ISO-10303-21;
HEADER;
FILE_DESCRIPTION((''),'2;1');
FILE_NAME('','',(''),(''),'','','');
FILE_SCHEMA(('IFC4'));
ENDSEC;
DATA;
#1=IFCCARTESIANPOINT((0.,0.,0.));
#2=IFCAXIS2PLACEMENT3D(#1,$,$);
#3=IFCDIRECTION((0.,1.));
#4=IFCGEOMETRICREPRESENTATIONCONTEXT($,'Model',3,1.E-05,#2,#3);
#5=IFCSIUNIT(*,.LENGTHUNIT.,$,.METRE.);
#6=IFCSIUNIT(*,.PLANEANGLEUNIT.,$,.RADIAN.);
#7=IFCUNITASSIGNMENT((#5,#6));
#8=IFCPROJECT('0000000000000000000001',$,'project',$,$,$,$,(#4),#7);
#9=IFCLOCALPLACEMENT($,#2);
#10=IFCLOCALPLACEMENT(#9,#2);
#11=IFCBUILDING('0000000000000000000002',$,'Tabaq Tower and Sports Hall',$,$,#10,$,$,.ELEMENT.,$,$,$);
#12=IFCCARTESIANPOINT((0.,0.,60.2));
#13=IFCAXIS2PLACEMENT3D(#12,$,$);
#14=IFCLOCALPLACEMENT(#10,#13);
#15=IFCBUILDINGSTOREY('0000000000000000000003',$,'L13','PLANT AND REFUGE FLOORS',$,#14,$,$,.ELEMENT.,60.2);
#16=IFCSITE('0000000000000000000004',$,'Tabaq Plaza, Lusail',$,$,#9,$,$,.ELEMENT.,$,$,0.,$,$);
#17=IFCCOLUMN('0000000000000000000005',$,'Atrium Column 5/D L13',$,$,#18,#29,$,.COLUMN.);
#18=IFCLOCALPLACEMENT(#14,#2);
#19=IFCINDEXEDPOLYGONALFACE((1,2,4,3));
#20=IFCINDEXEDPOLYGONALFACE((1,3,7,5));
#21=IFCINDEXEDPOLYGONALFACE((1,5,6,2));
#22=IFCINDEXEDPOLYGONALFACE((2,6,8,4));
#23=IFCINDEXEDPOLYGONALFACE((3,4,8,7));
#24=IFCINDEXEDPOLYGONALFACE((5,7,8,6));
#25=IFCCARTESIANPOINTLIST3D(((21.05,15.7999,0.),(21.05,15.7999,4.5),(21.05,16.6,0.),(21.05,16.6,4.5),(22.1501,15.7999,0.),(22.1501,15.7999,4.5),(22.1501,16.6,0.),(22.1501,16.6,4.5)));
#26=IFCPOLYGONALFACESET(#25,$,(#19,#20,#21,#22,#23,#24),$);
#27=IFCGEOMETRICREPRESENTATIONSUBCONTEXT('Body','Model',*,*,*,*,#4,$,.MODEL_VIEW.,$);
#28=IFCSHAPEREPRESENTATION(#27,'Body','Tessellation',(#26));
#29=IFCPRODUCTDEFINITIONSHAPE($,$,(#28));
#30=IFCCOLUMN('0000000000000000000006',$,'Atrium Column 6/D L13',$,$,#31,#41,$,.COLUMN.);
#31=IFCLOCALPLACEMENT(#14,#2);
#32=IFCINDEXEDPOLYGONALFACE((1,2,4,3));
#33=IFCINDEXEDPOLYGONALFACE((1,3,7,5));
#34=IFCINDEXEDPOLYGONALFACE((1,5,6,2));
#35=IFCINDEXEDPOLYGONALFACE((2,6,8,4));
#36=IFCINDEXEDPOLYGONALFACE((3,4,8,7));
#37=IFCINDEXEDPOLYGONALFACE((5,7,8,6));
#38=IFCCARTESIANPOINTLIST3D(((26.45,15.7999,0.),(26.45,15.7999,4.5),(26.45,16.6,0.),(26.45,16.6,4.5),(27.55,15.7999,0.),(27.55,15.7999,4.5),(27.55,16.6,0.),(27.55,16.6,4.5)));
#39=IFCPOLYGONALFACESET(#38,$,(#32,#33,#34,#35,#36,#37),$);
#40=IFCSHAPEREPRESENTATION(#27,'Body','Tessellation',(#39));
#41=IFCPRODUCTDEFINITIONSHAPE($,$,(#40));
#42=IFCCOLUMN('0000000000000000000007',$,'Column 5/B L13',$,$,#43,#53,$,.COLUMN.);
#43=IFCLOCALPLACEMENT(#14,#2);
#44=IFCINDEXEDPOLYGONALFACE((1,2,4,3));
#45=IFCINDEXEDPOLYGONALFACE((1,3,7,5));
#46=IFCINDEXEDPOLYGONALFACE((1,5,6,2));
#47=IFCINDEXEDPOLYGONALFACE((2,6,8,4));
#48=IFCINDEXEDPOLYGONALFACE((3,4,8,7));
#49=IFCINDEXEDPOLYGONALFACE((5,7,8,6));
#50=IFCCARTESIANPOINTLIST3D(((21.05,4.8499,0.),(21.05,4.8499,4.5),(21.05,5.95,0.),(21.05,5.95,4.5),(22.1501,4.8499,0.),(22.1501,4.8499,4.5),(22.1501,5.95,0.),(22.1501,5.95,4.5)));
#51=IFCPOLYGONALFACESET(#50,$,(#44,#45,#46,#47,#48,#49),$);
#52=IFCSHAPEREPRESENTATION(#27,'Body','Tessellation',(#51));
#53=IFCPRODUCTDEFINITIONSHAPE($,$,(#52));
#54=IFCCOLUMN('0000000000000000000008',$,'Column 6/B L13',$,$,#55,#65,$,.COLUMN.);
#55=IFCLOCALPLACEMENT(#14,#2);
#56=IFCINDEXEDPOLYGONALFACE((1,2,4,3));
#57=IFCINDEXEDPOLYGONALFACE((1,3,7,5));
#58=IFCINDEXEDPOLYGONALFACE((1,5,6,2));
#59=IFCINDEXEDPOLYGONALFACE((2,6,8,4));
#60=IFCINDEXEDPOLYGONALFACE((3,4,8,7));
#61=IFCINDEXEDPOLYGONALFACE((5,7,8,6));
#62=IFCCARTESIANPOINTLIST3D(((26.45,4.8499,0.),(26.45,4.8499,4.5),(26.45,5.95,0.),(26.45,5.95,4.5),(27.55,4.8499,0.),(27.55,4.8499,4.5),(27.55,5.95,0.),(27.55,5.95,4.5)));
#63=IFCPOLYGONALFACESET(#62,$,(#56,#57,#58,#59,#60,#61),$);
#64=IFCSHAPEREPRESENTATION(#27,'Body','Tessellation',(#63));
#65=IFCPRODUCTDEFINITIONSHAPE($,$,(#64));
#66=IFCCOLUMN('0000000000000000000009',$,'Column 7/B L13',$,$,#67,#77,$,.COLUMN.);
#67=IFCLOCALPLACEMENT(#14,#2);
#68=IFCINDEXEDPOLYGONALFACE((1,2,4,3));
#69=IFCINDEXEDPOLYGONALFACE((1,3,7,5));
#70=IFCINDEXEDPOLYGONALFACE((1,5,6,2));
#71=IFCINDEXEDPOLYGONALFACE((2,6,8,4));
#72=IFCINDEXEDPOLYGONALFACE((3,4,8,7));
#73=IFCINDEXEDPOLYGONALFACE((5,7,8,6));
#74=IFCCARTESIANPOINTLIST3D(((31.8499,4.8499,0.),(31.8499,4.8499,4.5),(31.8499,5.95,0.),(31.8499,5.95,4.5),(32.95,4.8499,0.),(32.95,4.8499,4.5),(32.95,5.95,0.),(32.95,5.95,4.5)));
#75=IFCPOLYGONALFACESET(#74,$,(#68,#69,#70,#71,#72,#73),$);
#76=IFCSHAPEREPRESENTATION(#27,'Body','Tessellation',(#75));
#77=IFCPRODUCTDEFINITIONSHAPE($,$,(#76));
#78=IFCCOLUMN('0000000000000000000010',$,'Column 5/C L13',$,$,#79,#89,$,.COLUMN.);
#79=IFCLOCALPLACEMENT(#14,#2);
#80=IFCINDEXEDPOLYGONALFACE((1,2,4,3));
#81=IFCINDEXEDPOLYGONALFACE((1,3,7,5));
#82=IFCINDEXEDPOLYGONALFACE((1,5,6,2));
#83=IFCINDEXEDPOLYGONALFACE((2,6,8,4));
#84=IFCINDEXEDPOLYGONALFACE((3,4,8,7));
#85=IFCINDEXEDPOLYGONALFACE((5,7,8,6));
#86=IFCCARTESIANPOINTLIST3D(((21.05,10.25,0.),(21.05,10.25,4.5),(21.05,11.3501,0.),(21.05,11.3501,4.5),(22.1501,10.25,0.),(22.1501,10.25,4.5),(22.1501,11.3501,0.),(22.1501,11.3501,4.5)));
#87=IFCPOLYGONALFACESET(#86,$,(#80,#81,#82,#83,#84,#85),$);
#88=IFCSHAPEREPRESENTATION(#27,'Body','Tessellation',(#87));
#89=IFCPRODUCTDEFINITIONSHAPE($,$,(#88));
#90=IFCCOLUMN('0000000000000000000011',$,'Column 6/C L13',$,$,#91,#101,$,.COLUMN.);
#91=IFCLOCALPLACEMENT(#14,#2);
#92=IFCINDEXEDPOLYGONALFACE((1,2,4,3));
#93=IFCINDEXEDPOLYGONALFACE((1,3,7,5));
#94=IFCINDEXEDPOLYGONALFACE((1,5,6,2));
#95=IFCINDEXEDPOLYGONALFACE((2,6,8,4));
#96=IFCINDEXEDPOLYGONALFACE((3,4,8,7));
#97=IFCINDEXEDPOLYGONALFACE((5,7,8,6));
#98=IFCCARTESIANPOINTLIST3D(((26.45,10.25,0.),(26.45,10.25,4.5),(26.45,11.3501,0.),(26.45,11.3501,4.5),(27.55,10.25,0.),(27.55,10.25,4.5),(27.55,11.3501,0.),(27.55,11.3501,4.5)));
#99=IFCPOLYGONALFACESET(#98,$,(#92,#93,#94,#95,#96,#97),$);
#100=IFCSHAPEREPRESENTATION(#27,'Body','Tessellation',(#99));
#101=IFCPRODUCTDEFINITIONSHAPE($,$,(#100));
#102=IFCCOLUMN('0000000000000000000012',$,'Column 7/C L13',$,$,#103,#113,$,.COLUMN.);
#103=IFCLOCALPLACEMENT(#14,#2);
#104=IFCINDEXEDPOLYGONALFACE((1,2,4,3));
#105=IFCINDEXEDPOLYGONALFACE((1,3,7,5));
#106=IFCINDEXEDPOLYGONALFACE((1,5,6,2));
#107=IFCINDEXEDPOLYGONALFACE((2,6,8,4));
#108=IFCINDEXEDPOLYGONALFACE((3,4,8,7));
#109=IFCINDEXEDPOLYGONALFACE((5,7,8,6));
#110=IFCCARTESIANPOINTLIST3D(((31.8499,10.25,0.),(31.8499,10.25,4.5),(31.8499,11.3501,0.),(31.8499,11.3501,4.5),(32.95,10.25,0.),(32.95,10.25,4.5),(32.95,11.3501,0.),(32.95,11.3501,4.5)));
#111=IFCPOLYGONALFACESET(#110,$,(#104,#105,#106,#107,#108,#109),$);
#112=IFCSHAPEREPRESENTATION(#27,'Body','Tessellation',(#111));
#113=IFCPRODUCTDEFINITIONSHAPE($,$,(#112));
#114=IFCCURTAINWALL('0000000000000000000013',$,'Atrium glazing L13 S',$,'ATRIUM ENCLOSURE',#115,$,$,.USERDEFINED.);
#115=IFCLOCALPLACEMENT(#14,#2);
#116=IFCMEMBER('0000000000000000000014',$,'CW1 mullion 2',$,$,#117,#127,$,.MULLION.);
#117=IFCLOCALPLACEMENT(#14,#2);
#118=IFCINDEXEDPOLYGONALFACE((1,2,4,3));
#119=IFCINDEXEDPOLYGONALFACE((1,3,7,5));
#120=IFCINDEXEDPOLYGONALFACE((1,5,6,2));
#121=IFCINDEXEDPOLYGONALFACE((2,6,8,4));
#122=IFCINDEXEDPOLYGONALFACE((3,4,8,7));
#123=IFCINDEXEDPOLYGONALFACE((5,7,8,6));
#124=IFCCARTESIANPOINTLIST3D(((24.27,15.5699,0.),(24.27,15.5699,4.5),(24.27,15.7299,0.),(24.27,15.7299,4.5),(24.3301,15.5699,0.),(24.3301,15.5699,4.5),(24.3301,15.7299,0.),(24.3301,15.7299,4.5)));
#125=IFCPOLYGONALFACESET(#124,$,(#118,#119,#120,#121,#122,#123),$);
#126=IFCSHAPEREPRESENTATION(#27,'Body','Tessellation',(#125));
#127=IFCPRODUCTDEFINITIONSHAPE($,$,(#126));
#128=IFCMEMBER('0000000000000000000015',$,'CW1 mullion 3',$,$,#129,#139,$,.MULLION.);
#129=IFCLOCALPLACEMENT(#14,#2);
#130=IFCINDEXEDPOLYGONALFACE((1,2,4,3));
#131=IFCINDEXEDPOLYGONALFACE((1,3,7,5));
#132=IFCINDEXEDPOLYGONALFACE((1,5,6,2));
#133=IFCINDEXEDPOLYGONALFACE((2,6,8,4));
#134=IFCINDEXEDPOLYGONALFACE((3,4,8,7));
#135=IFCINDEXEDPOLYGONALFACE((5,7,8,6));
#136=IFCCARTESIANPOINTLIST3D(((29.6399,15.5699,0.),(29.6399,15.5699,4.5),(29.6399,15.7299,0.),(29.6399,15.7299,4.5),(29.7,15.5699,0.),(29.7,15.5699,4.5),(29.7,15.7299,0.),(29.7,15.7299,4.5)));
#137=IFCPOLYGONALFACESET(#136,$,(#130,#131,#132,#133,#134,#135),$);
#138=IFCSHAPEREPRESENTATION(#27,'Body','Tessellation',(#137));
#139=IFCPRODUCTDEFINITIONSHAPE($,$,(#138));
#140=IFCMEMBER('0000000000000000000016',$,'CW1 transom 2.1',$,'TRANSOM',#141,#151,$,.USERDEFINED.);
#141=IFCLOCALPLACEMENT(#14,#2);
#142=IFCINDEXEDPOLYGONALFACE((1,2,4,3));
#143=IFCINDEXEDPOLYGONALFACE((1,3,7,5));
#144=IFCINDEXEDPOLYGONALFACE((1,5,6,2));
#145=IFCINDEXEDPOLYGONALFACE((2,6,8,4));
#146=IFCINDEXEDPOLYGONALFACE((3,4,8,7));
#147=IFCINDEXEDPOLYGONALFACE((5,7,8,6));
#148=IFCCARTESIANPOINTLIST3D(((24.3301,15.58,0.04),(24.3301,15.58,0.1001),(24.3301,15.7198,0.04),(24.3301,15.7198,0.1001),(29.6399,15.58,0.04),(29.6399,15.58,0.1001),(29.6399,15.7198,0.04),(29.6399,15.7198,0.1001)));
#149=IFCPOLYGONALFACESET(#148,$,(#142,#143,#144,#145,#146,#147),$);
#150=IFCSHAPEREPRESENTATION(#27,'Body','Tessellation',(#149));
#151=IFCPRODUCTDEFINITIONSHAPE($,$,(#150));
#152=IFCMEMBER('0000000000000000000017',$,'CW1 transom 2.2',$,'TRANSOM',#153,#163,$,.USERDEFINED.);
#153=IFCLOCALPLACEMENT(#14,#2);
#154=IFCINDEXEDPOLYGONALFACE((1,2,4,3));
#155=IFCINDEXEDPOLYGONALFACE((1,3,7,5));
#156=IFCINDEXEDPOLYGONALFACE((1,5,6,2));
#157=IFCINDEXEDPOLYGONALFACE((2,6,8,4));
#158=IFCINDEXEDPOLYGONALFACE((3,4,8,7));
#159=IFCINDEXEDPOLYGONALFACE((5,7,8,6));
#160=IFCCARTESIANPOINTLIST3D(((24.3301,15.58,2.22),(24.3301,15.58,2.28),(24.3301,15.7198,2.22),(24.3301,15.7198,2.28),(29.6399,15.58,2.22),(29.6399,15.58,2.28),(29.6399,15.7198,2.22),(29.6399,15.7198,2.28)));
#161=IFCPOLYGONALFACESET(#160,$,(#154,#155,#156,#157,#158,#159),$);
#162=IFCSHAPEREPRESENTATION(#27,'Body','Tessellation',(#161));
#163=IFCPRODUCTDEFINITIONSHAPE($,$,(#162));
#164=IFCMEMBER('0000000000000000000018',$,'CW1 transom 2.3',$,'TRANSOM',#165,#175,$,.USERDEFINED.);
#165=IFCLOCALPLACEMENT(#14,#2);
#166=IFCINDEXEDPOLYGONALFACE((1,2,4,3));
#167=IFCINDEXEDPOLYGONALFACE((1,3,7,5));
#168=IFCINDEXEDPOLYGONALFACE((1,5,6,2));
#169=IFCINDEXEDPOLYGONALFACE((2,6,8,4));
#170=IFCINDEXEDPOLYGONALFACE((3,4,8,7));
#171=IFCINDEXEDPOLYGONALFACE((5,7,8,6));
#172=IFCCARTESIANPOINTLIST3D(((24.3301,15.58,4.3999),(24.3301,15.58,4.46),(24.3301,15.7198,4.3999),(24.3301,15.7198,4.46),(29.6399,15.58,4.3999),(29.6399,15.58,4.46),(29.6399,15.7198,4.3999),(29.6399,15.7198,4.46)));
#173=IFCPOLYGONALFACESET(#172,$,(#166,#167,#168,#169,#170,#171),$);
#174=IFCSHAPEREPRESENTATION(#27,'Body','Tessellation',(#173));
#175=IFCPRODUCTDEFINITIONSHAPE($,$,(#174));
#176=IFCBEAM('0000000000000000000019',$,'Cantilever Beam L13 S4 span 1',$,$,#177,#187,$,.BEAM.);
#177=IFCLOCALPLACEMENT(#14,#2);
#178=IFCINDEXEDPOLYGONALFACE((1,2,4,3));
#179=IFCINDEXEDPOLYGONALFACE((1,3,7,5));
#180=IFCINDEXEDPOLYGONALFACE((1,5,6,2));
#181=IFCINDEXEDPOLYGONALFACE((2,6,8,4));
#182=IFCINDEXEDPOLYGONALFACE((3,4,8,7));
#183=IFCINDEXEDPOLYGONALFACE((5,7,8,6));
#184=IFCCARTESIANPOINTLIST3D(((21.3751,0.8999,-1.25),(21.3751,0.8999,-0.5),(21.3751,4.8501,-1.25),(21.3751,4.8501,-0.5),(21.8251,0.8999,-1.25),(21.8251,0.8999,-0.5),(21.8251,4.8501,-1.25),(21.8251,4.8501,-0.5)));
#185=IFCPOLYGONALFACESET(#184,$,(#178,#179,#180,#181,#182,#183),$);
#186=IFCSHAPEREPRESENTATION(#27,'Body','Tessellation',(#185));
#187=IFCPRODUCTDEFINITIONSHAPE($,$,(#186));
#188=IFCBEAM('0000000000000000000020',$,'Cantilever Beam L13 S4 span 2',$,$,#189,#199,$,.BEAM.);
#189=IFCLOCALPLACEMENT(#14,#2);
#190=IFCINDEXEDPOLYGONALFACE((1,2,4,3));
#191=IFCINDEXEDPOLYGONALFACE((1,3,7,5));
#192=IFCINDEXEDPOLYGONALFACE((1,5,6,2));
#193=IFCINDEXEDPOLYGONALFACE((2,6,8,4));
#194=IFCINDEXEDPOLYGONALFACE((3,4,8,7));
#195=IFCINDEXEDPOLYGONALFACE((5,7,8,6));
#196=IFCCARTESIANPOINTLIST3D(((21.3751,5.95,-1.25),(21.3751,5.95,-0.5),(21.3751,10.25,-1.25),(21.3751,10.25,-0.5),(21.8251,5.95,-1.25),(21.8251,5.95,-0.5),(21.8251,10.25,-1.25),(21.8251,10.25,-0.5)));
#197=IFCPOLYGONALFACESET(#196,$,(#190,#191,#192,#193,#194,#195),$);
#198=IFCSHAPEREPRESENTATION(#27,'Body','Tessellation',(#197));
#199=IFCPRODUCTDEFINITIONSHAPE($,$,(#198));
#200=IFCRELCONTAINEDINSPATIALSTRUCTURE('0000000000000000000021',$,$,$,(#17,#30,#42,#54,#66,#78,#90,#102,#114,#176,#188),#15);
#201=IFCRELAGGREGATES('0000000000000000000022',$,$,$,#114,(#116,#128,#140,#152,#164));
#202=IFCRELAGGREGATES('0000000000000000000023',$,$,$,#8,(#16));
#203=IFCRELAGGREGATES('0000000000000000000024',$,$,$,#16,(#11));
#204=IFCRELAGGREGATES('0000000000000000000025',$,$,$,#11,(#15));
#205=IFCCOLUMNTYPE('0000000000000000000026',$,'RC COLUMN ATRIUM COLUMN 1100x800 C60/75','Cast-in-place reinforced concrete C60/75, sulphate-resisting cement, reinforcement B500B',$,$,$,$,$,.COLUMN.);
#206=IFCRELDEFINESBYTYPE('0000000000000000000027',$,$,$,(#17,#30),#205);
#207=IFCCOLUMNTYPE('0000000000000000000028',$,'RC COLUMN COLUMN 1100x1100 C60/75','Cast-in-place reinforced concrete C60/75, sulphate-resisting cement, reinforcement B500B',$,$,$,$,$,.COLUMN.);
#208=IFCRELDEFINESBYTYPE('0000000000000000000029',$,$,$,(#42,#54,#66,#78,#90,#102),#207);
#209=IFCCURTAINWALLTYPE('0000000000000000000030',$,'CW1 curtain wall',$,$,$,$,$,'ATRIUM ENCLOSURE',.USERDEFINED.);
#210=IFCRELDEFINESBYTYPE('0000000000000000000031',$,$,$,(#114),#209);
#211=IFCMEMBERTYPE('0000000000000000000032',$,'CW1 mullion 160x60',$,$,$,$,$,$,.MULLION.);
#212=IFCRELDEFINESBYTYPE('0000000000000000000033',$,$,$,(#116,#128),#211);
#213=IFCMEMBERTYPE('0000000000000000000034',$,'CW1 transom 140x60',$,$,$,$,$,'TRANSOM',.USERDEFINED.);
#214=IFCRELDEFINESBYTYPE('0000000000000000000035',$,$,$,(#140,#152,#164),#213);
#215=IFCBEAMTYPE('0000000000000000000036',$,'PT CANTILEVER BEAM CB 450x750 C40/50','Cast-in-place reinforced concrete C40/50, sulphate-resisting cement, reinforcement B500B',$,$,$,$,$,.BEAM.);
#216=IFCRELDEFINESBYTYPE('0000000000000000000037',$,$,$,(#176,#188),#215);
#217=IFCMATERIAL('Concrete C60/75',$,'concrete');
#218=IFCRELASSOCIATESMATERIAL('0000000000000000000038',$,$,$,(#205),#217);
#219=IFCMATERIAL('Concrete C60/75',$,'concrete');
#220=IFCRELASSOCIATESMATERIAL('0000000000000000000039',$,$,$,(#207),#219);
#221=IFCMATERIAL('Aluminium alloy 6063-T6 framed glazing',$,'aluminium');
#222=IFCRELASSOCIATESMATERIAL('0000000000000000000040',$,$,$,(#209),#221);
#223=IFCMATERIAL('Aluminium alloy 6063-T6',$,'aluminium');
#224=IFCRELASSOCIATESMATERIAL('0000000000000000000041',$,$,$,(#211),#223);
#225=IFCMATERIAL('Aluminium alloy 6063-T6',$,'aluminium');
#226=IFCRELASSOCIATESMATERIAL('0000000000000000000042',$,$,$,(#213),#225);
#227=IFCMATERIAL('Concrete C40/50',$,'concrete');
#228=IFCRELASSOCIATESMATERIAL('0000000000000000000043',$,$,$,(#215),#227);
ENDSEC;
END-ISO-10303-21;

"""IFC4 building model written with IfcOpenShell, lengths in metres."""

from ifc_helpers import new_model, si_unit, direction, frame, origin, origin_2d, place, context, subcontext, project, spatial, rectangle, extrude, material, material_profile, profile_set, type_object, element, aggregate, save


model = new_model("IFC4")

# Units and contexts
model_context = context("Model", 3, precision=1e-05, world=origin(), true_north=direction((0.0, 1.0)))
body_context = subcontext(model_context, "Body", "Model", "MODEL_VIEW")
ifc_project = project(units=[si_unit("LENGTHUNIT", "METRE"), si_unit("PLANEANGLEUNIT", "RADIAN")], contexts=[model_context])

# Site, building, storey
site_placement = place(None, origin())
site = spatial("IfcSite", under=ifc_project, at=site_placement, Name="Tabaq Plaza, Lusail", CompositionType="ELEMENT", RefElevation=0.0)
building_placement = place(site_placement, origin())
building = spatial("IfcBuilding", under=site, at=building_placement, Name="Tabaq Tower and Sports Hall", CompositionType="ELEMENT")
storey_placement = place(building_placement, frame((0.0, 0.0, 60.2)))
storey = spatial("IfcBuildingStorey", under=building, at=storey_placement, Name="L13", Description="PLANT AND REFUGE FLOORS", CompositionType="ELEMENT", Elevation=60.2)

# Columns
ifc_material_1 = material(Name="Concrete C60/75", Category="concrete")
ifc_material_profile_1 = material_profile(ifc_material_1, rectangle(XDim=1.1001, YDim=0.8, at=origin_2d()), Name="ATRIUM COLUMN 1100x800")
ifc_profile_set_1 = profile_set([ifc_material_profile_1], Name="Concrete C60/75")
column_type_1 = type_object("IfcColumnType", Name="RC COLUMN ATRIUM COLUMN 1100x800 C60/75", Description="Cast-in-place reinforced concrete C60/75, sulphate-resisting cement, reinforcement B500B", PredefinedType="COLUMN", material=ifc_profile_set_1)
for number, where, z_axis, x_axis, name in (
    (1, (21.6001, 16.2, 0.0), (0.0, 0.0, 1.0), (1.0, 0.0, 0.0), "Atrium Column 5/D L13"),
    (2, (27.0, 16.2, 0.0), (0.0, 0.0, 1.0), (1.0, 0.0, 0.0), "Atrium Column 6/D L13"),
):
    element("IfcColumn", number, at=place(storey_placement, frame(where, z_axis=z_axis, x_axis=x_axis)), inside=storey, type_object=column_type_1, Name=name, PredefinedType="COLUMN", context=body_context, shape_type="SweptSolid", body=[
        extrude(rectangle(XDim=1.1001, YDim=0.8, at=origin_2d()), origin(), (0.0, 0.0, 1.0), 4.5),
    ])
ifc_material_2 = material(Name="Concrete C60/75", Category="concrete")
ifc_material_profile_2 = material_profile(ifc_material_2, rectangle(XDim=1.1001, YDim=1.1001, at=origin_2d()), Name="COLUMN 1100x1100")
ifc_profile_set_2 = profile_set([ifc_material_profile_2], Name="Concrete C60/75")
column_type_2 = type_object("IfcColumnType", Name="RC COLUMN COLUMN 1100x1100 C60/75", Description="Cast-in-place reinforced concrete C60/75, sulphate-resisting cement, reinforcement B500B", PredefinedType="COLUMN", material=ifc_profile_set_2)
for number, where, z_axis, x_axis, name in (
    (3, (21.6001, 5.3999, 0.0), (0.0, 0.0, 1.0), (1.0, 0.0, 0.0), "Column 5/B L13"),
    (4, (27.0, 5.3999, 0.0), (0.0, 0.0, 1.0), (1.0, 0.0, 0.0), "Column 6/B L13"),
    (5, (32.3999, 5.3999, 0.0), (0.0, 0.0, 1.0), (1.0, 0.0, 0.0), "Column 7/B L13"),
    (6, (21.6001, 10.8, 0.0), (0.0, 0.0, 1.0), (1.0, 0.0, 0.0), "Column 5/C L13"),
    (7, (27.0, 10.8, 0.0), (0.0, 0.0, 1.0), (1.0, 0.0, 0.0), "Column 6/C L13"),
    (8, (32.3999, 10.8, 0.0), (0.0, 0.0, 1.0), (1.0, 0.0, 0.0), "Column 7/C L13"),
):
    element("IfcColumn", number, at=place(storey_placement, frame(where, z_axis=z_axis, x_axis=x_axis)), inside=storey, type_object=column_type_2, Name=name, PredefinedType="COLUMN", context=body_context, shape_type="SweptSolid", body=[
        extrude(rectangle(XDim=1.1001, YDim=1.1001, at=origin_2d()), origin(), (0.0, 0.0, 1.0), 4.5),
    ])

# Curtain wall, members
ifc_material_3 = material(Name="Aluminium alloy 6063-T6 framed glazing", Category="aluminium")
curtain_wall_type = type_object("IfcCurtainWallType", Name="CW1 curtain wall", ElementType="ATRIUM ENCLOSURE", PredefinedType="USERDEFINED", material=ifc_material_3)
curtain_wall_placement = place(storey_placement, origin())
curtain_wall = element("IfcCurtainWall", 9, at=curtain_wall_placement, inside=storey, type_object=curtain_wall_type, Name="Atrium glazing L13 S", ObjectType="ATRIUM ENCLOSURE", PredefinedType="USERDEFINED")
ifc_material_4 = material(Name="Aluminium alloy 6063-T6", Category="aluminium")
ifc_material_profile_3 = material_profile(ifc_material_4, rectangle(XDim=0.1599, YDim=0.0601, at=origin_2d()), Name="MULLION 160x60")
ifc_profile_set_3 = profile_set([ifc_material_profile_3], Name="Aluminium alloy 6063-T6")
member_type_1 = type_object("IfcMemberType", Name="CW1 mullion 160x60", PredefinedType="MULLION", material=ifc_profile_set_3)
member_1_placement = place(storey_placement, frame((24.3, 15.6499, 0.0), z_axis=(0.0, 0.0, 1.0), x_axis=(0.0, 1.0, 0.0)))
member_1 = element("IfcMember", 10, at=member_1_placement, type_object=member_type_1, Name="CW1 mullion 2", PredefinedType="MULLION", context=body_context, shape_type="SweptSolid", body=[
    extrude(rectangle(XDim=0.1599, YDim=0.0601, at=origin_2d()), origin(), (0.0, 0.0, 1.0), 4.5),
])
member_2_placement = place(storey_placement, frame((29.6699, 15.6499, 0.0), z_axis=(0.0, 0.0, 1.0), x_axis=(0.0, 1.0, 0.0)))
member_2 = element("IfcMember", 11, at=member_2_placement, type_object=member_type_1, Name="CW1 mullion 3", PredefinedType="MULLION", context=body_context, shape_type="SweptSolid", body=[
    extrude(rectangle(XDim=0.1599, YDim=0.0601, at=origin_2d()), origin(), (0.0, 0.0, 1.0), 4.5),
])
ifc_material_5 = material(Name="Aluminium alloy 6063-T6", Category="aluminium")
ifc_material_profile_4 = material_profile(ifc_material_5, rectangle(XDim=0.1399, YDim=0.0601, at=origin_2d()), Name="TRANSOM 140x60")
ifc_profile_set_4 = profile_set([ifc_material_profile_4], Name="Aluminium alloy 6063-T6")
member_type_2 = type_object("IfcMemberType", Name="CW1 transom 140x60", ElementType="TRANSOM", PredefinedType="USERDEFINED", material=ifc_profile_set_4)
member_3_placement = place(storey_placement, frame((24.3301, 15.6499, 0.0701), z_axis=(1.0, 0.0, 0.0), x_axis=(0.0, 1.0, 0.0)))
member_3 = element("IfcMember", 12, at=member_3_placement, type_object=member_type_2, Name="CW1 transom 2.1", ObjectType="TRANSOM", PredefinedType="USERDEFINED", context=body_context, shape_type="SweptSolid", body=[
    extrude(rectangle(XDim=0.1399, YDim=0.0601, at=origin_2d()), origin(), (0.0, 0.0, 1.0), 5.3098),
])
member_4_placement = place(storey_placement, frame((24.3301, 15.6499, 2.25), z_axis=(1.0, 0.0, 0.0), x_axis=(0.0, 1.0, 0.0)))
member_4 = element("IfcMember", 13, at=member_4_placement, type_object=member_type_2, Name="CW1 transom 2.2", ObjectType="TRANSOM", PredefinedType="USERDEFINED", context=body_context, shape_type="SweptSolid", body=[
    extrude(rectangle(XDim=0.1399, YDim=0.0601, at=origin_2d()), origin(), (0.0, 0.0, 1.0), 5.3098),
])
member_5_placement = place(storey_placement, frame((24.3301, 15.6499, 4.4299), z_axis=(1.0, 0.0, 0.0), x_axis=(0.0, 1.0, 0.0)))
member_5 = element("IfcMember", 14, at=member_5_placement, type_object=member_type_2, Name="CW1 transom 2.3", ObjectType="TRANSOM", PredefinedType="USERDEFINED", context=body_context, shape_type="SweptSolid", body=[
    extrude(rectangle(XDim=0.1399, YDim=0.0601, at=origin_2d()), origin(), (0.0, 0.0, 1.0), 5.3098),
])

# Beams
ifc_material_6 = material(Name="Concrete C40/50", Category="concrete")
ifc_material_profile_5 = material_profile(ifc_material_6, rectangle(XDim=0.45, YDim=0.75, at=origin_2d()), Name="CB 450x750")
ifc_profile_set_5 = profile_set([ifc_material_profile_5], Name="Concrete C40/50")
beam_type = type_object("IfcBeamType", Name="PT CANTILEVER BEAM CB 450x750 C40/50", Description="Cast-in-place reinforced concrete C40/50, sulphate-resisting cement, reinforcement B500B", PredefinedType="BEAM", material=ifc_profile_set_5)
beam_1_placement = place(storey_placement, frame((21.6001, 0.8999, -0.875), z_axis=(0.0, 1.0, 0.0), x_axis=(-1.0, 0.0, 0.0)))
element("IfcBeam", 15, at=beam_1_placement, inside=storey, type_object=beam_type, Name="Cantilever Beam L13 S4 span 1", PredefinedType="BEAM", context=body_context, shape_type="SweptSolid", body=[
    extrude(rectangle(XDim=0.45, YDim=0.75, at=origin_2d()), origin(), (0.0, 0.0, 1.0), 3.9502),
])
beam_2_placement = place(storey_placement, frame((21.6001, 5.95, -0.875), z_axis=(0.0, 1.0, 0.0), x_axis=(-1.0, 0.0, 0.0)))
element("IfcBeam", 16, at=beam_2_placement, inside=storey, type_object=beam_type, Name="Cantilever Beam L13 S4 span 2", PredefinedType="BEAM", context=body_context, shape_type="SweptSolid", body=[
    extrude(rectangle(XDim=0.45, YDim=0.75, at=origin_2d()), origin(), (0.0, 0.0, 1.0), 4.3),
])

aggregate(curtain_wall, [member_1, member_2, member_3, member_4, member_5])

save(model, "model.ifc")
